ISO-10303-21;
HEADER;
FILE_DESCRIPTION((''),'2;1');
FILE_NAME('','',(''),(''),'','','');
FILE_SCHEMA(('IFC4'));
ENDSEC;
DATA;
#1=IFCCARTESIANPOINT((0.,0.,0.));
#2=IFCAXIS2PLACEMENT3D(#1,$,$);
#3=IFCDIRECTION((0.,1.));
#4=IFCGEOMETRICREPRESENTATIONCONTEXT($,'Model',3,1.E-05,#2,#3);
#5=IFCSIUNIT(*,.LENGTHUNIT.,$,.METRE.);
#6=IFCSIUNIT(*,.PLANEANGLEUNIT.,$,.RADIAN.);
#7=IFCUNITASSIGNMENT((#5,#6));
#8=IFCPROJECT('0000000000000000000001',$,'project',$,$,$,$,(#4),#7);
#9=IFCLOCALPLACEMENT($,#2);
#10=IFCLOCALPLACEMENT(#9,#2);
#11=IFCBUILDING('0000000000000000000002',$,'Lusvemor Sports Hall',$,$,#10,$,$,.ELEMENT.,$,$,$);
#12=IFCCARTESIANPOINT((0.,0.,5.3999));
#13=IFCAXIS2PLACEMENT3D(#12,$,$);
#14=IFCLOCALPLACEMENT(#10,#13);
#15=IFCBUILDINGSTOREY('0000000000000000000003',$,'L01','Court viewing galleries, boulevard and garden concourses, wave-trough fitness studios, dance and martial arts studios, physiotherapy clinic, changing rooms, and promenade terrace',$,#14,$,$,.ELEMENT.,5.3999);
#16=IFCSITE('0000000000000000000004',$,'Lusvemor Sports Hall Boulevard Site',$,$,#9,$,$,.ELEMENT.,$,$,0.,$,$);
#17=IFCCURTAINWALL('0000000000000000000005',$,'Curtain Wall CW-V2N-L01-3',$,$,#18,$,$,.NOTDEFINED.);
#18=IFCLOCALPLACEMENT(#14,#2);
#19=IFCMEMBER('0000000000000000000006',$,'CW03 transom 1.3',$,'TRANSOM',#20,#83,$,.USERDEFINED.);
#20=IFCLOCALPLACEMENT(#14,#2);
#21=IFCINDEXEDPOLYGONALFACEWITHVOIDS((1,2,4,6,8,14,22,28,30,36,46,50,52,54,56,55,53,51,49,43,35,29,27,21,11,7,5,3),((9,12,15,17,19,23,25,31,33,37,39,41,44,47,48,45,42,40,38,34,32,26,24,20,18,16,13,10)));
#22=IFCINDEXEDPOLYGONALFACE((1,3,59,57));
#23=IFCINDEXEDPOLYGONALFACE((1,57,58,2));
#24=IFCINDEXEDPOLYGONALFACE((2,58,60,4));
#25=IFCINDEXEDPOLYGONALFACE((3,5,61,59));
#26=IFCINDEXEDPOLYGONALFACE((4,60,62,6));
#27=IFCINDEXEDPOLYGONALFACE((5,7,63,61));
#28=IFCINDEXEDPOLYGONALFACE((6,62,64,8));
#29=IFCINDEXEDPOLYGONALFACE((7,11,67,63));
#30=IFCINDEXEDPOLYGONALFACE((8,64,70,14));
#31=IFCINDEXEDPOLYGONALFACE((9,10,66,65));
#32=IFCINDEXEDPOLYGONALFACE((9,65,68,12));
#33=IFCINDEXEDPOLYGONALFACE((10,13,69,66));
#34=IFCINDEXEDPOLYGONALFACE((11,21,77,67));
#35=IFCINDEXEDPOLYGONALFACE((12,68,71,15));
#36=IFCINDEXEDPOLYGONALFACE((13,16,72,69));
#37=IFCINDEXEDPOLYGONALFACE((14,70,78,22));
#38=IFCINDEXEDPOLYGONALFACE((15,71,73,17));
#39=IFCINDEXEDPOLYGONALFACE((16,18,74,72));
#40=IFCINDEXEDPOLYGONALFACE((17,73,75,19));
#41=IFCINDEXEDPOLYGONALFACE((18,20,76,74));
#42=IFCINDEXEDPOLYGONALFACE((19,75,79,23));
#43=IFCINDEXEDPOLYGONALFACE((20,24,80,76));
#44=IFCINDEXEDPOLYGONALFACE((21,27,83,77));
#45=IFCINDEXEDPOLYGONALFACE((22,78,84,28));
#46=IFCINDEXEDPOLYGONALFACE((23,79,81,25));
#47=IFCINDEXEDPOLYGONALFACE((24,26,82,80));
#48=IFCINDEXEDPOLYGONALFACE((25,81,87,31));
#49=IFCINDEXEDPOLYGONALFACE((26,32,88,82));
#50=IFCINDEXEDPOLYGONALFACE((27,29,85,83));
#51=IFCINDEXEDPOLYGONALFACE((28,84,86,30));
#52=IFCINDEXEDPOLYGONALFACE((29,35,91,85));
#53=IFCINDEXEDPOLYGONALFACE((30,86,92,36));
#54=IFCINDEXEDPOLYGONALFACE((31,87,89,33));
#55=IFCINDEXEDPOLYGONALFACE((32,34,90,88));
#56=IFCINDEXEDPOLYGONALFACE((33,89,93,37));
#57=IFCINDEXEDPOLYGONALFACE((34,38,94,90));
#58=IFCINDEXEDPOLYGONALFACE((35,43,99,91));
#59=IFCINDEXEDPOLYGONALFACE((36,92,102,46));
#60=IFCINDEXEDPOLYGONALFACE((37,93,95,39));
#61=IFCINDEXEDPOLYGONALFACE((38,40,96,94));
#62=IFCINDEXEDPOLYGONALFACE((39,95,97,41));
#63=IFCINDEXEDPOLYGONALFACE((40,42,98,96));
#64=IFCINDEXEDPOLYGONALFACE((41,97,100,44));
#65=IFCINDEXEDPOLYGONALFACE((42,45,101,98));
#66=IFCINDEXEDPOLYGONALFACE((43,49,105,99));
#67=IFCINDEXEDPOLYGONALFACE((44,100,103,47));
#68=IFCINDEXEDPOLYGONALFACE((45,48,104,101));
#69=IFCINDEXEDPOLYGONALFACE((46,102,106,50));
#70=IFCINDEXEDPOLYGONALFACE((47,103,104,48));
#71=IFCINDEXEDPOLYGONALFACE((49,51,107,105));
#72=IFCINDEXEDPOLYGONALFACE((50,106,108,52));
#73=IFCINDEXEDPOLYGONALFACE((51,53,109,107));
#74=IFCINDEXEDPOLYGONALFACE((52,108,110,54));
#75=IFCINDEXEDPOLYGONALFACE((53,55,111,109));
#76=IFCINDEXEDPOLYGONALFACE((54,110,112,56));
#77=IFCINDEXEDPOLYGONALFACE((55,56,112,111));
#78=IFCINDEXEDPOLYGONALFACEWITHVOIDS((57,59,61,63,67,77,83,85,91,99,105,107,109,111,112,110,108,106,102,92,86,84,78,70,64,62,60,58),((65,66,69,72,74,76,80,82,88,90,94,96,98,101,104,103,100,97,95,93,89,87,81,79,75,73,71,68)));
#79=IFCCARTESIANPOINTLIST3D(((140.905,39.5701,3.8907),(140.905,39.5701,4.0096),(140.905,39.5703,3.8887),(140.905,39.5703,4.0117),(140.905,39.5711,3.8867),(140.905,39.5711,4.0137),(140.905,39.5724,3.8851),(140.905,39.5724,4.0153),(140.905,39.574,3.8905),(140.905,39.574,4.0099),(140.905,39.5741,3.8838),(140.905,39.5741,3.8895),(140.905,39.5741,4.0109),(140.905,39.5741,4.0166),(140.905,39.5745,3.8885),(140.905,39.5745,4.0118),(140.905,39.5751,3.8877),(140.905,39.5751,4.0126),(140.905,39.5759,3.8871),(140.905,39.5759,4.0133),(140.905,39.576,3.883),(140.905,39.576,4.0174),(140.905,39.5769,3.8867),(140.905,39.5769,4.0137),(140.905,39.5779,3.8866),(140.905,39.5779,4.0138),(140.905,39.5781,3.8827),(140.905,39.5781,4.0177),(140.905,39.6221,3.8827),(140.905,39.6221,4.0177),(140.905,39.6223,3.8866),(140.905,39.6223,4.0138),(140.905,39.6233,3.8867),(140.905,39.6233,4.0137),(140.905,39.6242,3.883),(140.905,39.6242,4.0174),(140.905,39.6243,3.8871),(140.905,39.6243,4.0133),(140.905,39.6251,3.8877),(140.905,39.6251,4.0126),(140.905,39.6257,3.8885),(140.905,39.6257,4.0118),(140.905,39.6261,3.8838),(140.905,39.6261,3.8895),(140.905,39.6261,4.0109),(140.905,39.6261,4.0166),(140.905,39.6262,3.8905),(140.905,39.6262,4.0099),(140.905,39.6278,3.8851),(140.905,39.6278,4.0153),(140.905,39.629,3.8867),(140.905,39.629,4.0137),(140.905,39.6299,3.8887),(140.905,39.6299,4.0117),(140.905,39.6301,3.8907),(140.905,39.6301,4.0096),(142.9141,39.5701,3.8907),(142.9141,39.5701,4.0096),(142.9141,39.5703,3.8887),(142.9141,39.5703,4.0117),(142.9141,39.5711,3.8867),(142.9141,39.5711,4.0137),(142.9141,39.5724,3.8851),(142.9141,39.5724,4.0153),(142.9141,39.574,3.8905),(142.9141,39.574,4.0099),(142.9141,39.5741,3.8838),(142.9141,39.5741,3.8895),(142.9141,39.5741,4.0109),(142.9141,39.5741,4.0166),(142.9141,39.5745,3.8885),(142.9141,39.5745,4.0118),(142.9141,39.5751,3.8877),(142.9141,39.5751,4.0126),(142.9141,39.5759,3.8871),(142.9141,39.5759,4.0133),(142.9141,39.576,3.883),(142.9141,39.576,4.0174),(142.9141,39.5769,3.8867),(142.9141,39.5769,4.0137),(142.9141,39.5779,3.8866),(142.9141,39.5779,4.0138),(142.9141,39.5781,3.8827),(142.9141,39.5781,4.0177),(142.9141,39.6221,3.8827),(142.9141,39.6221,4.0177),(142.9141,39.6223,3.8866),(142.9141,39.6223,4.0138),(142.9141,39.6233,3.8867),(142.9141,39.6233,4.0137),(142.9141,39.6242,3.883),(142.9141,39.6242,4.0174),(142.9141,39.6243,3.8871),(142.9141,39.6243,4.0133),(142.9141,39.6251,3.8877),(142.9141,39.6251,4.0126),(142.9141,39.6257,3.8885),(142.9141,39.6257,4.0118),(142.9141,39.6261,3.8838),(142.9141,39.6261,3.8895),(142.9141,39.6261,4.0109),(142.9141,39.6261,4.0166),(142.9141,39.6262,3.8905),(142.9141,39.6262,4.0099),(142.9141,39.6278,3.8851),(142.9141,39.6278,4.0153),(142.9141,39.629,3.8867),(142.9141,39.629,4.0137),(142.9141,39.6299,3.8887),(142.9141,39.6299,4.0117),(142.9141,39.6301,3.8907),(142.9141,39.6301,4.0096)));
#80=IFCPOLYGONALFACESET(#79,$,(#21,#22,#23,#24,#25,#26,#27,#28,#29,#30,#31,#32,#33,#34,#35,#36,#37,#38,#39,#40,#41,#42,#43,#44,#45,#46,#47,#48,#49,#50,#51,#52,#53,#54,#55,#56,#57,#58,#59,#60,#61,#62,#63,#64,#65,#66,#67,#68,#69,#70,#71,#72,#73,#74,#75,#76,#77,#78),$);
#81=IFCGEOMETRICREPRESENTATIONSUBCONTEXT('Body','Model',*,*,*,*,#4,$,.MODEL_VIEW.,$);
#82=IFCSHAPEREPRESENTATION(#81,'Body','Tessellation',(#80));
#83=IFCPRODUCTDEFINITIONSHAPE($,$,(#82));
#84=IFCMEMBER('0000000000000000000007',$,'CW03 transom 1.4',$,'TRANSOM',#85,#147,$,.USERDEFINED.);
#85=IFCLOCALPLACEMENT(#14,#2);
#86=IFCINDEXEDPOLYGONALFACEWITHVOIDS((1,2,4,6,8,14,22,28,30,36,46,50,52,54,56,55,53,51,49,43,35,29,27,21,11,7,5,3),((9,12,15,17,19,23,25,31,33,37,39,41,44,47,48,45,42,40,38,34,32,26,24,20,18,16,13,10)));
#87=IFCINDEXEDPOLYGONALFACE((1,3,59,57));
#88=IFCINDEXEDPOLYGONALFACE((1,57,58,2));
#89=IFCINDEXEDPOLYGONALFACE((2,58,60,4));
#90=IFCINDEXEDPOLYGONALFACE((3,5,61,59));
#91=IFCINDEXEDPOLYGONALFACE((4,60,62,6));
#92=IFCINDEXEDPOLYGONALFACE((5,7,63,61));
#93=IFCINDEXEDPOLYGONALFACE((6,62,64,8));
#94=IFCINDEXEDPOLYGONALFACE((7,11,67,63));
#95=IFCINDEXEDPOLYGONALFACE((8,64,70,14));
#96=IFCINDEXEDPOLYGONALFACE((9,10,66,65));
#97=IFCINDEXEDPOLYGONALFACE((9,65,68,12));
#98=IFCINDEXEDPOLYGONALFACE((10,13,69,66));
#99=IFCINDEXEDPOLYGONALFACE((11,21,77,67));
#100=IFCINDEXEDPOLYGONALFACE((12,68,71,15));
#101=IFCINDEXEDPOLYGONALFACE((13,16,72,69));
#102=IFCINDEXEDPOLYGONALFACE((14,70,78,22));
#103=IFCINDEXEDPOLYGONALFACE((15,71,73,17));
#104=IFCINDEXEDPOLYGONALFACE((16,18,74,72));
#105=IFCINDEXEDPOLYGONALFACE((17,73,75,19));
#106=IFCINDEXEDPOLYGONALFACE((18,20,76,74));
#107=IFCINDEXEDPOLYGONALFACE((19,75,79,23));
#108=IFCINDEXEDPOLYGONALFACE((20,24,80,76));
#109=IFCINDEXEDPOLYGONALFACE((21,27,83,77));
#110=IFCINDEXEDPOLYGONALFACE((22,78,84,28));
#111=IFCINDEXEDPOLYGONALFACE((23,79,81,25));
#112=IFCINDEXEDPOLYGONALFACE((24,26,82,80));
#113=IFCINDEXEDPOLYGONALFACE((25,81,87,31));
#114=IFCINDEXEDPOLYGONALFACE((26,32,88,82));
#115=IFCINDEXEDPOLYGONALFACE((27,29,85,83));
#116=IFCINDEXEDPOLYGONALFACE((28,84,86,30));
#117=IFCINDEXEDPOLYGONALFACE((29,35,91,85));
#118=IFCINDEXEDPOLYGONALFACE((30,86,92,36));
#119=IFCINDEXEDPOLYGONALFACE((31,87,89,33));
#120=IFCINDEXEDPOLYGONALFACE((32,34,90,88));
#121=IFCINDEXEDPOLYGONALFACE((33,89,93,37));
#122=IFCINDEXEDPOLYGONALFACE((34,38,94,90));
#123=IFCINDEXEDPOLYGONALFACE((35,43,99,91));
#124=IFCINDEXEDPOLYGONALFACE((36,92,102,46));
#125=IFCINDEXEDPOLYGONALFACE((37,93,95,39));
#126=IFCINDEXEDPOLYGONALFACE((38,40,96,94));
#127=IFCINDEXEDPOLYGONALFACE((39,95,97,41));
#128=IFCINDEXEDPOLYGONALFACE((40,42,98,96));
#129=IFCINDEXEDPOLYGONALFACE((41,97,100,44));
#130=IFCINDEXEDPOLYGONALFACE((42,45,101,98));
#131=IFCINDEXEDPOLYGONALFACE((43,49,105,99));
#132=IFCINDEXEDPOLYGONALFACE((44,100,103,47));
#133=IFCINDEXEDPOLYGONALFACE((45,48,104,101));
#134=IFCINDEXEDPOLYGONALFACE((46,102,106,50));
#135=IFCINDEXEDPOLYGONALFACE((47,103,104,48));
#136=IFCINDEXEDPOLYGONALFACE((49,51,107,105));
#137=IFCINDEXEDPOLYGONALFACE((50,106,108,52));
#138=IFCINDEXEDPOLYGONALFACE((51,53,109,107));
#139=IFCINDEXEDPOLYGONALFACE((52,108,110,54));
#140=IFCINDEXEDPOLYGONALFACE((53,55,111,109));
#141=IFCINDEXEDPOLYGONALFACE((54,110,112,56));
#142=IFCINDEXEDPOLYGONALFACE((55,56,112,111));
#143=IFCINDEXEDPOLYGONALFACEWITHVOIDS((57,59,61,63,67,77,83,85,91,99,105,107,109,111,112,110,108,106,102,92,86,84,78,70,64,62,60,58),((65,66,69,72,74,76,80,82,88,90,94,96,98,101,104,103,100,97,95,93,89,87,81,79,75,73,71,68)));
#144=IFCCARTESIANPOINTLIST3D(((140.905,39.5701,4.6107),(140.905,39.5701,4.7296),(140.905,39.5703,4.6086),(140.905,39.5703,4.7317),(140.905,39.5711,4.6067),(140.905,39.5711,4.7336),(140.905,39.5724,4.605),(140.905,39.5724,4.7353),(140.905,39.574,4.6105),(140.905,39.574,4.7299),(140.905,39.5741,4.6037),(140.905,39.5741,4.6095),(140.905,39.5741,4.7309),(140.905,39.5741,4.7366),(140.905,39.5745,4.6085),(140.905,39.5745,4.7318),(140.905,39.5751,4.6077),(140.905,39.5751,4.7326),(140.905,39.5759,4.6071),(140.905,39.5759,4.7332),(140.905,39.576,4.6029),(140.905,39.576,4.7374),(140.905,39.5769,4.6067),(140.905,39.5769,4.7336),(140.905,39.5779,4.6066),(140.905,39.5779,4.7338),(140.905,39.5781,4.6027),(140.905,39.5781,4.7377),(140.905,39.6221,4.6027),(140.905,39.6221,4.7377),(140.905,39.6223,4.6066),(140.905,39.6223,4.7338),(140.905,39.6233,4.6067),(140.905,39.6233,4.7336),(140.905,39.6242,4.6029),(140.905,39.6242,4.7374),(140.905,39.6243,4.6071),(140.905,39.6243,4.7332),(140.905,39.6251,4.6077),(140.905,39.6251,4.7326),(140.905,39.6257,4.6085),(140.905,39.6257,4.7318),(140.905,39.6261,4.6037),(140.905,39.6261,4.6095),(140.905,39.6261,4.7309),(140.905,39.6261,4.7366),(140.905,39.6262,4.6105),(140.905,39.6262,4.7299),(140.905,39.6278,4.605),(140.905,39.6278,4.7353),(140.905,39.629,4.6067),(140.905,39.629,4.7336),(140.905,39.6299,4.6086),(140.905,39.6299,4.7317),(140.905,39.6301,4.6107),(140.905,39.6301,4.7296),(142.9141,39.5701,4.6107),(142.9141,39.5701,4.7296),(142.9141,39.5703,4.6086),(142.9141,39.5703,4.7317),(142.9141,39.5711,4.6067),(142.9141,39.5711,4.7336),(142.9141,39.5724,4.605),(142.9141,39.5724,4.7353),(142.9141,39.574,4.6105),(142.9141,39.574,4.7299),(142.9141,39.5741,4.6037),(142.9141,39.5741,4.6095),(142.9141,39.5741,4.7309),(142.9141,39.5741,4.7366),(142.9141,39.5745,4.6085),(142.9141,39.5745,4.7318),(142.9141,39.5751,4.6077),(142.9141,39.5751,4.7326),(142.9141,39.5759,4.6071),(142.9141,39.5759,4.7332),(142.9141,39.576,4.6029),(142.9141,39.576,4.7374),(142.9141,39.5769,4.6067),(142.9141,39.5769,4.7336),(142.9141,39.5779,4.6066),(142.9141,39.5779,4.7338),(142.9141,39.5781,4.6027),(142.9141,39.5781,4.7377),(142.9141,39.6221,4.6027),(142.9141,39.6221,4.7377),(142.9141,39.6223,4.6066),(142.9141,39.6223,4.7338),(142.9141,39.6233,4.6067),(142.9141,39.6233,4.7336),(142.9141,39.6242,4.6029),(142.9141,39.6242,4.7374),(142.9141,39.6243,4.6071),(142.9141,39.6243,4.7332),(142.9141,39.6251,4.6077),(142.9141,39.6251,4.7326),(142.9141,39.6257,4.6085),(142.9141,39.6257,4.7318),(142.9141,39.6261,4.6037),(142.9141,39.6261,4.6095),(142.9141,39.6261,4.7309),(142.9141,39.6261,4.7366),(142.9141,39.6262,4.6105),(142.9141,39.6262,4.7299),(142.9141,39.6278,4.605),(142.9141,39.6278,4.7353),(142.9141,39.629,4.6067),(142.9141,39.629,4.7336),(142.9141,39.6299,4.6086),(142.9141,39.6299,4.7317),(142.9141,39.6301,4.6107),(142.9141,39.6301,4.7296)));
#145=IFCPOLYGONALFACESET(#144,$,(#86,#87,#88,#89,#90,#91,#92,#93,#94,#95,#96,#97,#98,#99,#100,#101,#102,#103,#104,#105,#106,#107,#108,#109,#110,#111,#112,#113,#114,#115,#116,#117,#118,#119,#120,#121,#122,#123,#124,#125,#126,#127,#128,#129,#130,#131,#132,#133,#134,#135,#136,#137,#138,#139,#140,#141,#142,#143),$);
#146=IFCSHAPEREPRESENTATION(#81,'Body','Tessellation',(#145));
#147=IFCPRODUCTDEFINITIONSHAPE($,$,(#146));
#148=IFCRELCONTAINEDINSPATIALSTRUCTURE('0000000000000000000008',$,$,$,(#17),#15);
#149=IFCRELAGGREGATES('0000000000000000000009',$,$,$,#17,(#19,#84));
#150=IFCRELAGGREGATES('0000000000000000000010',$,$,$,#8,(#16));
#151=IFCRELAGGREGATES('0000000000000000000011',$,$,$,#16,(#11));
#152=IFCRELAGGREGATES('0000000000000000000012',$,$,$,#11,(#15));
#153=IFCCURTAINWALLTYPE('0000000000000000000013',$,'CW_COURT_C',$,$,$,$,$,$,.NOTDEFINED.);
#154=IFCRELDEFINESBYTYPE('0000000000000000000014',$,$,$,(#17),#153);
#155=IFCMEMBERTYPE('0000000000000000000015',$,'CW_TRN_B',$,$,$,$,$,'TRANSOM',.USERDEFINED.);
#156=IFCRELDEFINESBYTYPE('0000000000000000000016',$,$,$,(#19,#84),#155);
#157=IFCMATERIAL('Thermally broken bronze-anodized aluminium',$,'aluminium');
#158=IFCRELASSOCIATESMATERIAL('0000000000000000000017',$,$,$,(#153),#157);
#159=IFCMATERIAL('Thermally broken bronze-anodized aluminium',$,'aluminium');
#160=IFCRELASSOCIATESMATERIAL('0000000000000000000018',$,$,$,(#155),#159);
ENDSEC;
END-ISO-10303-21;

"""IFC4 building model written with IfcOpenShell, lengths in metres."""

from ifc_helpers import new_model, si_unit, direction, frame, origin, origin_2d, place, context, subcontext, project, spatial, hollow_rectangle, extrude, material, material_profile, profile_set, type_object, element, aggregate, save


model = new_model("IFC4")

# Units and contexts
model_context = context("Model", 3, precision=1e-05, world=origin(), true_north=direction((0.0, 1.0)))
body_context = subcontext(model_context, "Body", "Model", "MODEL_VIEW")
ifc_project = project(units=[si_unit("LENGTHUNIT", "METRE"), si_unit("PLANEANGLEUNIT", "RADIAN")], contexts=[model_context])

# Site, building, storey
site_placement = place(None, origin())
site = spatial("IfcSite", under=ifc_project, at=site_placement, Name="Lusvemor Sports Hall Boulevard Site", CompositionType="ELEMENT", RefElevation=0.0)
building_placement = place(site_placement, origin())
building = spatial("IfcBuilding", under=site, at=building_placement, Name="Lusvemor Sports Hall", CompositionType="ELEMENT")
storey_placement = place(building_placement, frame((0.0, 0.0, 5.3999)))
storey = spatial("IfcBuildingStorey", under=building, at=storey_placement, Name="L01", Description="Court viewing galleries, boulevard and garden concourses, wave-trough fitness studios, dance and martial arts studios, physiotherapy clinic, changing rooms, and promenade terrace", CompositionType="ELEMENT", Elevation=5.3999)

# Curtain wall, members
ifc_material_1 = material(Name="Thermally broken bronze-anodized aluminium", Category="aluminium")
curtain_wall_type = type_object("IfcCurtainWallType", Name="CW_COURT_C", PredefinedType="NOTDEFINED", material=ifc_material_1)
curtain_wall_placement = place(storey_placement, origin())
curtain_wall = element("IfcCurtainWall", 1, at=curtain_wall_placement, inside=storey, type_object=curtain_wall_type, Name="Curtain Wall CW-V2N-L01-3", PredefinedType="NOTDEFINED")
ifc_material_2 = material(Name="Thermally broken bronze-anodized aluminium", Category="aluminium")
ifc_material_profile_1 = material_profile(ifc_material_2, hollow_rectangle(XDim=0.0601, YDim=0.135, WallThickness=0.0039, InnerFilletRadius=0.0039, OuterFilletRadius=0.0081, at=origin_2d()), Name="CWTRN135x60x4")
ifc_profile_set_1 = profile_set([ifc_material_profile_1], Name="Thermally broken bronze-anodized aluminium")
member_type_1 = type_object("IfcMemberType", Name="CW_TRN_B", ElementType="TRANSOM", PredefinedType="USERDEFINED", material=ifc_profile_set_1)
member_1_placement = place(storey_placement, frame((140.905, 39.6001, 3.9502), z_axis=(1.0, 0.0, 0.0), x_axis=(0.0, 1.0, 0.0)))
member_1 = element("IfcMember", 2, at=member_1_placement, type_object=member_type_1, Name="CW03 transom 1.3", ObjectType="TRANSOM", PredefinedType="USERDEFINED", context=body_context, shape_type="SweptSolid", body=[
    extrude(hollow_rectangle(XDim=0.0601, YDim=0.135, WallThickness=0.0039, InnerFilletRadius=0.0039, OuterFilletRadius=0.0081, at=origin_2d()), origin(), (0.0, 0.0, 1.0), 2.009),
])
member_2_placement = place(storey_placement, frame((140.905, 39.6001, 4.6702), z_axis=(1.0, 0.0, 0.0), x_axis=(0.0, 1.0, 0.0)))
member_2 = element("IfcMember", 3, at=member_2_placement, type_object=member_type_1, Name="CW03 transom 1.4", ObjectType="TRANSOM", PredefinedType="USERDEFINED", context=body_context, shape_type="SweptSolid", body=[
    extrude(hollow_rectangle(XDim=0.0601, YDim=0.135, WallThickness=0.0039, InnerFilletRadius=0.0039, OuterFilletRadius=0.0081, at=origin_2d()), origin(), (0.0, 0.0, 1.0), 2.009),
])

aggregate(curtain_wall, [member_1, member_2])

save(model, "model.ifc")
